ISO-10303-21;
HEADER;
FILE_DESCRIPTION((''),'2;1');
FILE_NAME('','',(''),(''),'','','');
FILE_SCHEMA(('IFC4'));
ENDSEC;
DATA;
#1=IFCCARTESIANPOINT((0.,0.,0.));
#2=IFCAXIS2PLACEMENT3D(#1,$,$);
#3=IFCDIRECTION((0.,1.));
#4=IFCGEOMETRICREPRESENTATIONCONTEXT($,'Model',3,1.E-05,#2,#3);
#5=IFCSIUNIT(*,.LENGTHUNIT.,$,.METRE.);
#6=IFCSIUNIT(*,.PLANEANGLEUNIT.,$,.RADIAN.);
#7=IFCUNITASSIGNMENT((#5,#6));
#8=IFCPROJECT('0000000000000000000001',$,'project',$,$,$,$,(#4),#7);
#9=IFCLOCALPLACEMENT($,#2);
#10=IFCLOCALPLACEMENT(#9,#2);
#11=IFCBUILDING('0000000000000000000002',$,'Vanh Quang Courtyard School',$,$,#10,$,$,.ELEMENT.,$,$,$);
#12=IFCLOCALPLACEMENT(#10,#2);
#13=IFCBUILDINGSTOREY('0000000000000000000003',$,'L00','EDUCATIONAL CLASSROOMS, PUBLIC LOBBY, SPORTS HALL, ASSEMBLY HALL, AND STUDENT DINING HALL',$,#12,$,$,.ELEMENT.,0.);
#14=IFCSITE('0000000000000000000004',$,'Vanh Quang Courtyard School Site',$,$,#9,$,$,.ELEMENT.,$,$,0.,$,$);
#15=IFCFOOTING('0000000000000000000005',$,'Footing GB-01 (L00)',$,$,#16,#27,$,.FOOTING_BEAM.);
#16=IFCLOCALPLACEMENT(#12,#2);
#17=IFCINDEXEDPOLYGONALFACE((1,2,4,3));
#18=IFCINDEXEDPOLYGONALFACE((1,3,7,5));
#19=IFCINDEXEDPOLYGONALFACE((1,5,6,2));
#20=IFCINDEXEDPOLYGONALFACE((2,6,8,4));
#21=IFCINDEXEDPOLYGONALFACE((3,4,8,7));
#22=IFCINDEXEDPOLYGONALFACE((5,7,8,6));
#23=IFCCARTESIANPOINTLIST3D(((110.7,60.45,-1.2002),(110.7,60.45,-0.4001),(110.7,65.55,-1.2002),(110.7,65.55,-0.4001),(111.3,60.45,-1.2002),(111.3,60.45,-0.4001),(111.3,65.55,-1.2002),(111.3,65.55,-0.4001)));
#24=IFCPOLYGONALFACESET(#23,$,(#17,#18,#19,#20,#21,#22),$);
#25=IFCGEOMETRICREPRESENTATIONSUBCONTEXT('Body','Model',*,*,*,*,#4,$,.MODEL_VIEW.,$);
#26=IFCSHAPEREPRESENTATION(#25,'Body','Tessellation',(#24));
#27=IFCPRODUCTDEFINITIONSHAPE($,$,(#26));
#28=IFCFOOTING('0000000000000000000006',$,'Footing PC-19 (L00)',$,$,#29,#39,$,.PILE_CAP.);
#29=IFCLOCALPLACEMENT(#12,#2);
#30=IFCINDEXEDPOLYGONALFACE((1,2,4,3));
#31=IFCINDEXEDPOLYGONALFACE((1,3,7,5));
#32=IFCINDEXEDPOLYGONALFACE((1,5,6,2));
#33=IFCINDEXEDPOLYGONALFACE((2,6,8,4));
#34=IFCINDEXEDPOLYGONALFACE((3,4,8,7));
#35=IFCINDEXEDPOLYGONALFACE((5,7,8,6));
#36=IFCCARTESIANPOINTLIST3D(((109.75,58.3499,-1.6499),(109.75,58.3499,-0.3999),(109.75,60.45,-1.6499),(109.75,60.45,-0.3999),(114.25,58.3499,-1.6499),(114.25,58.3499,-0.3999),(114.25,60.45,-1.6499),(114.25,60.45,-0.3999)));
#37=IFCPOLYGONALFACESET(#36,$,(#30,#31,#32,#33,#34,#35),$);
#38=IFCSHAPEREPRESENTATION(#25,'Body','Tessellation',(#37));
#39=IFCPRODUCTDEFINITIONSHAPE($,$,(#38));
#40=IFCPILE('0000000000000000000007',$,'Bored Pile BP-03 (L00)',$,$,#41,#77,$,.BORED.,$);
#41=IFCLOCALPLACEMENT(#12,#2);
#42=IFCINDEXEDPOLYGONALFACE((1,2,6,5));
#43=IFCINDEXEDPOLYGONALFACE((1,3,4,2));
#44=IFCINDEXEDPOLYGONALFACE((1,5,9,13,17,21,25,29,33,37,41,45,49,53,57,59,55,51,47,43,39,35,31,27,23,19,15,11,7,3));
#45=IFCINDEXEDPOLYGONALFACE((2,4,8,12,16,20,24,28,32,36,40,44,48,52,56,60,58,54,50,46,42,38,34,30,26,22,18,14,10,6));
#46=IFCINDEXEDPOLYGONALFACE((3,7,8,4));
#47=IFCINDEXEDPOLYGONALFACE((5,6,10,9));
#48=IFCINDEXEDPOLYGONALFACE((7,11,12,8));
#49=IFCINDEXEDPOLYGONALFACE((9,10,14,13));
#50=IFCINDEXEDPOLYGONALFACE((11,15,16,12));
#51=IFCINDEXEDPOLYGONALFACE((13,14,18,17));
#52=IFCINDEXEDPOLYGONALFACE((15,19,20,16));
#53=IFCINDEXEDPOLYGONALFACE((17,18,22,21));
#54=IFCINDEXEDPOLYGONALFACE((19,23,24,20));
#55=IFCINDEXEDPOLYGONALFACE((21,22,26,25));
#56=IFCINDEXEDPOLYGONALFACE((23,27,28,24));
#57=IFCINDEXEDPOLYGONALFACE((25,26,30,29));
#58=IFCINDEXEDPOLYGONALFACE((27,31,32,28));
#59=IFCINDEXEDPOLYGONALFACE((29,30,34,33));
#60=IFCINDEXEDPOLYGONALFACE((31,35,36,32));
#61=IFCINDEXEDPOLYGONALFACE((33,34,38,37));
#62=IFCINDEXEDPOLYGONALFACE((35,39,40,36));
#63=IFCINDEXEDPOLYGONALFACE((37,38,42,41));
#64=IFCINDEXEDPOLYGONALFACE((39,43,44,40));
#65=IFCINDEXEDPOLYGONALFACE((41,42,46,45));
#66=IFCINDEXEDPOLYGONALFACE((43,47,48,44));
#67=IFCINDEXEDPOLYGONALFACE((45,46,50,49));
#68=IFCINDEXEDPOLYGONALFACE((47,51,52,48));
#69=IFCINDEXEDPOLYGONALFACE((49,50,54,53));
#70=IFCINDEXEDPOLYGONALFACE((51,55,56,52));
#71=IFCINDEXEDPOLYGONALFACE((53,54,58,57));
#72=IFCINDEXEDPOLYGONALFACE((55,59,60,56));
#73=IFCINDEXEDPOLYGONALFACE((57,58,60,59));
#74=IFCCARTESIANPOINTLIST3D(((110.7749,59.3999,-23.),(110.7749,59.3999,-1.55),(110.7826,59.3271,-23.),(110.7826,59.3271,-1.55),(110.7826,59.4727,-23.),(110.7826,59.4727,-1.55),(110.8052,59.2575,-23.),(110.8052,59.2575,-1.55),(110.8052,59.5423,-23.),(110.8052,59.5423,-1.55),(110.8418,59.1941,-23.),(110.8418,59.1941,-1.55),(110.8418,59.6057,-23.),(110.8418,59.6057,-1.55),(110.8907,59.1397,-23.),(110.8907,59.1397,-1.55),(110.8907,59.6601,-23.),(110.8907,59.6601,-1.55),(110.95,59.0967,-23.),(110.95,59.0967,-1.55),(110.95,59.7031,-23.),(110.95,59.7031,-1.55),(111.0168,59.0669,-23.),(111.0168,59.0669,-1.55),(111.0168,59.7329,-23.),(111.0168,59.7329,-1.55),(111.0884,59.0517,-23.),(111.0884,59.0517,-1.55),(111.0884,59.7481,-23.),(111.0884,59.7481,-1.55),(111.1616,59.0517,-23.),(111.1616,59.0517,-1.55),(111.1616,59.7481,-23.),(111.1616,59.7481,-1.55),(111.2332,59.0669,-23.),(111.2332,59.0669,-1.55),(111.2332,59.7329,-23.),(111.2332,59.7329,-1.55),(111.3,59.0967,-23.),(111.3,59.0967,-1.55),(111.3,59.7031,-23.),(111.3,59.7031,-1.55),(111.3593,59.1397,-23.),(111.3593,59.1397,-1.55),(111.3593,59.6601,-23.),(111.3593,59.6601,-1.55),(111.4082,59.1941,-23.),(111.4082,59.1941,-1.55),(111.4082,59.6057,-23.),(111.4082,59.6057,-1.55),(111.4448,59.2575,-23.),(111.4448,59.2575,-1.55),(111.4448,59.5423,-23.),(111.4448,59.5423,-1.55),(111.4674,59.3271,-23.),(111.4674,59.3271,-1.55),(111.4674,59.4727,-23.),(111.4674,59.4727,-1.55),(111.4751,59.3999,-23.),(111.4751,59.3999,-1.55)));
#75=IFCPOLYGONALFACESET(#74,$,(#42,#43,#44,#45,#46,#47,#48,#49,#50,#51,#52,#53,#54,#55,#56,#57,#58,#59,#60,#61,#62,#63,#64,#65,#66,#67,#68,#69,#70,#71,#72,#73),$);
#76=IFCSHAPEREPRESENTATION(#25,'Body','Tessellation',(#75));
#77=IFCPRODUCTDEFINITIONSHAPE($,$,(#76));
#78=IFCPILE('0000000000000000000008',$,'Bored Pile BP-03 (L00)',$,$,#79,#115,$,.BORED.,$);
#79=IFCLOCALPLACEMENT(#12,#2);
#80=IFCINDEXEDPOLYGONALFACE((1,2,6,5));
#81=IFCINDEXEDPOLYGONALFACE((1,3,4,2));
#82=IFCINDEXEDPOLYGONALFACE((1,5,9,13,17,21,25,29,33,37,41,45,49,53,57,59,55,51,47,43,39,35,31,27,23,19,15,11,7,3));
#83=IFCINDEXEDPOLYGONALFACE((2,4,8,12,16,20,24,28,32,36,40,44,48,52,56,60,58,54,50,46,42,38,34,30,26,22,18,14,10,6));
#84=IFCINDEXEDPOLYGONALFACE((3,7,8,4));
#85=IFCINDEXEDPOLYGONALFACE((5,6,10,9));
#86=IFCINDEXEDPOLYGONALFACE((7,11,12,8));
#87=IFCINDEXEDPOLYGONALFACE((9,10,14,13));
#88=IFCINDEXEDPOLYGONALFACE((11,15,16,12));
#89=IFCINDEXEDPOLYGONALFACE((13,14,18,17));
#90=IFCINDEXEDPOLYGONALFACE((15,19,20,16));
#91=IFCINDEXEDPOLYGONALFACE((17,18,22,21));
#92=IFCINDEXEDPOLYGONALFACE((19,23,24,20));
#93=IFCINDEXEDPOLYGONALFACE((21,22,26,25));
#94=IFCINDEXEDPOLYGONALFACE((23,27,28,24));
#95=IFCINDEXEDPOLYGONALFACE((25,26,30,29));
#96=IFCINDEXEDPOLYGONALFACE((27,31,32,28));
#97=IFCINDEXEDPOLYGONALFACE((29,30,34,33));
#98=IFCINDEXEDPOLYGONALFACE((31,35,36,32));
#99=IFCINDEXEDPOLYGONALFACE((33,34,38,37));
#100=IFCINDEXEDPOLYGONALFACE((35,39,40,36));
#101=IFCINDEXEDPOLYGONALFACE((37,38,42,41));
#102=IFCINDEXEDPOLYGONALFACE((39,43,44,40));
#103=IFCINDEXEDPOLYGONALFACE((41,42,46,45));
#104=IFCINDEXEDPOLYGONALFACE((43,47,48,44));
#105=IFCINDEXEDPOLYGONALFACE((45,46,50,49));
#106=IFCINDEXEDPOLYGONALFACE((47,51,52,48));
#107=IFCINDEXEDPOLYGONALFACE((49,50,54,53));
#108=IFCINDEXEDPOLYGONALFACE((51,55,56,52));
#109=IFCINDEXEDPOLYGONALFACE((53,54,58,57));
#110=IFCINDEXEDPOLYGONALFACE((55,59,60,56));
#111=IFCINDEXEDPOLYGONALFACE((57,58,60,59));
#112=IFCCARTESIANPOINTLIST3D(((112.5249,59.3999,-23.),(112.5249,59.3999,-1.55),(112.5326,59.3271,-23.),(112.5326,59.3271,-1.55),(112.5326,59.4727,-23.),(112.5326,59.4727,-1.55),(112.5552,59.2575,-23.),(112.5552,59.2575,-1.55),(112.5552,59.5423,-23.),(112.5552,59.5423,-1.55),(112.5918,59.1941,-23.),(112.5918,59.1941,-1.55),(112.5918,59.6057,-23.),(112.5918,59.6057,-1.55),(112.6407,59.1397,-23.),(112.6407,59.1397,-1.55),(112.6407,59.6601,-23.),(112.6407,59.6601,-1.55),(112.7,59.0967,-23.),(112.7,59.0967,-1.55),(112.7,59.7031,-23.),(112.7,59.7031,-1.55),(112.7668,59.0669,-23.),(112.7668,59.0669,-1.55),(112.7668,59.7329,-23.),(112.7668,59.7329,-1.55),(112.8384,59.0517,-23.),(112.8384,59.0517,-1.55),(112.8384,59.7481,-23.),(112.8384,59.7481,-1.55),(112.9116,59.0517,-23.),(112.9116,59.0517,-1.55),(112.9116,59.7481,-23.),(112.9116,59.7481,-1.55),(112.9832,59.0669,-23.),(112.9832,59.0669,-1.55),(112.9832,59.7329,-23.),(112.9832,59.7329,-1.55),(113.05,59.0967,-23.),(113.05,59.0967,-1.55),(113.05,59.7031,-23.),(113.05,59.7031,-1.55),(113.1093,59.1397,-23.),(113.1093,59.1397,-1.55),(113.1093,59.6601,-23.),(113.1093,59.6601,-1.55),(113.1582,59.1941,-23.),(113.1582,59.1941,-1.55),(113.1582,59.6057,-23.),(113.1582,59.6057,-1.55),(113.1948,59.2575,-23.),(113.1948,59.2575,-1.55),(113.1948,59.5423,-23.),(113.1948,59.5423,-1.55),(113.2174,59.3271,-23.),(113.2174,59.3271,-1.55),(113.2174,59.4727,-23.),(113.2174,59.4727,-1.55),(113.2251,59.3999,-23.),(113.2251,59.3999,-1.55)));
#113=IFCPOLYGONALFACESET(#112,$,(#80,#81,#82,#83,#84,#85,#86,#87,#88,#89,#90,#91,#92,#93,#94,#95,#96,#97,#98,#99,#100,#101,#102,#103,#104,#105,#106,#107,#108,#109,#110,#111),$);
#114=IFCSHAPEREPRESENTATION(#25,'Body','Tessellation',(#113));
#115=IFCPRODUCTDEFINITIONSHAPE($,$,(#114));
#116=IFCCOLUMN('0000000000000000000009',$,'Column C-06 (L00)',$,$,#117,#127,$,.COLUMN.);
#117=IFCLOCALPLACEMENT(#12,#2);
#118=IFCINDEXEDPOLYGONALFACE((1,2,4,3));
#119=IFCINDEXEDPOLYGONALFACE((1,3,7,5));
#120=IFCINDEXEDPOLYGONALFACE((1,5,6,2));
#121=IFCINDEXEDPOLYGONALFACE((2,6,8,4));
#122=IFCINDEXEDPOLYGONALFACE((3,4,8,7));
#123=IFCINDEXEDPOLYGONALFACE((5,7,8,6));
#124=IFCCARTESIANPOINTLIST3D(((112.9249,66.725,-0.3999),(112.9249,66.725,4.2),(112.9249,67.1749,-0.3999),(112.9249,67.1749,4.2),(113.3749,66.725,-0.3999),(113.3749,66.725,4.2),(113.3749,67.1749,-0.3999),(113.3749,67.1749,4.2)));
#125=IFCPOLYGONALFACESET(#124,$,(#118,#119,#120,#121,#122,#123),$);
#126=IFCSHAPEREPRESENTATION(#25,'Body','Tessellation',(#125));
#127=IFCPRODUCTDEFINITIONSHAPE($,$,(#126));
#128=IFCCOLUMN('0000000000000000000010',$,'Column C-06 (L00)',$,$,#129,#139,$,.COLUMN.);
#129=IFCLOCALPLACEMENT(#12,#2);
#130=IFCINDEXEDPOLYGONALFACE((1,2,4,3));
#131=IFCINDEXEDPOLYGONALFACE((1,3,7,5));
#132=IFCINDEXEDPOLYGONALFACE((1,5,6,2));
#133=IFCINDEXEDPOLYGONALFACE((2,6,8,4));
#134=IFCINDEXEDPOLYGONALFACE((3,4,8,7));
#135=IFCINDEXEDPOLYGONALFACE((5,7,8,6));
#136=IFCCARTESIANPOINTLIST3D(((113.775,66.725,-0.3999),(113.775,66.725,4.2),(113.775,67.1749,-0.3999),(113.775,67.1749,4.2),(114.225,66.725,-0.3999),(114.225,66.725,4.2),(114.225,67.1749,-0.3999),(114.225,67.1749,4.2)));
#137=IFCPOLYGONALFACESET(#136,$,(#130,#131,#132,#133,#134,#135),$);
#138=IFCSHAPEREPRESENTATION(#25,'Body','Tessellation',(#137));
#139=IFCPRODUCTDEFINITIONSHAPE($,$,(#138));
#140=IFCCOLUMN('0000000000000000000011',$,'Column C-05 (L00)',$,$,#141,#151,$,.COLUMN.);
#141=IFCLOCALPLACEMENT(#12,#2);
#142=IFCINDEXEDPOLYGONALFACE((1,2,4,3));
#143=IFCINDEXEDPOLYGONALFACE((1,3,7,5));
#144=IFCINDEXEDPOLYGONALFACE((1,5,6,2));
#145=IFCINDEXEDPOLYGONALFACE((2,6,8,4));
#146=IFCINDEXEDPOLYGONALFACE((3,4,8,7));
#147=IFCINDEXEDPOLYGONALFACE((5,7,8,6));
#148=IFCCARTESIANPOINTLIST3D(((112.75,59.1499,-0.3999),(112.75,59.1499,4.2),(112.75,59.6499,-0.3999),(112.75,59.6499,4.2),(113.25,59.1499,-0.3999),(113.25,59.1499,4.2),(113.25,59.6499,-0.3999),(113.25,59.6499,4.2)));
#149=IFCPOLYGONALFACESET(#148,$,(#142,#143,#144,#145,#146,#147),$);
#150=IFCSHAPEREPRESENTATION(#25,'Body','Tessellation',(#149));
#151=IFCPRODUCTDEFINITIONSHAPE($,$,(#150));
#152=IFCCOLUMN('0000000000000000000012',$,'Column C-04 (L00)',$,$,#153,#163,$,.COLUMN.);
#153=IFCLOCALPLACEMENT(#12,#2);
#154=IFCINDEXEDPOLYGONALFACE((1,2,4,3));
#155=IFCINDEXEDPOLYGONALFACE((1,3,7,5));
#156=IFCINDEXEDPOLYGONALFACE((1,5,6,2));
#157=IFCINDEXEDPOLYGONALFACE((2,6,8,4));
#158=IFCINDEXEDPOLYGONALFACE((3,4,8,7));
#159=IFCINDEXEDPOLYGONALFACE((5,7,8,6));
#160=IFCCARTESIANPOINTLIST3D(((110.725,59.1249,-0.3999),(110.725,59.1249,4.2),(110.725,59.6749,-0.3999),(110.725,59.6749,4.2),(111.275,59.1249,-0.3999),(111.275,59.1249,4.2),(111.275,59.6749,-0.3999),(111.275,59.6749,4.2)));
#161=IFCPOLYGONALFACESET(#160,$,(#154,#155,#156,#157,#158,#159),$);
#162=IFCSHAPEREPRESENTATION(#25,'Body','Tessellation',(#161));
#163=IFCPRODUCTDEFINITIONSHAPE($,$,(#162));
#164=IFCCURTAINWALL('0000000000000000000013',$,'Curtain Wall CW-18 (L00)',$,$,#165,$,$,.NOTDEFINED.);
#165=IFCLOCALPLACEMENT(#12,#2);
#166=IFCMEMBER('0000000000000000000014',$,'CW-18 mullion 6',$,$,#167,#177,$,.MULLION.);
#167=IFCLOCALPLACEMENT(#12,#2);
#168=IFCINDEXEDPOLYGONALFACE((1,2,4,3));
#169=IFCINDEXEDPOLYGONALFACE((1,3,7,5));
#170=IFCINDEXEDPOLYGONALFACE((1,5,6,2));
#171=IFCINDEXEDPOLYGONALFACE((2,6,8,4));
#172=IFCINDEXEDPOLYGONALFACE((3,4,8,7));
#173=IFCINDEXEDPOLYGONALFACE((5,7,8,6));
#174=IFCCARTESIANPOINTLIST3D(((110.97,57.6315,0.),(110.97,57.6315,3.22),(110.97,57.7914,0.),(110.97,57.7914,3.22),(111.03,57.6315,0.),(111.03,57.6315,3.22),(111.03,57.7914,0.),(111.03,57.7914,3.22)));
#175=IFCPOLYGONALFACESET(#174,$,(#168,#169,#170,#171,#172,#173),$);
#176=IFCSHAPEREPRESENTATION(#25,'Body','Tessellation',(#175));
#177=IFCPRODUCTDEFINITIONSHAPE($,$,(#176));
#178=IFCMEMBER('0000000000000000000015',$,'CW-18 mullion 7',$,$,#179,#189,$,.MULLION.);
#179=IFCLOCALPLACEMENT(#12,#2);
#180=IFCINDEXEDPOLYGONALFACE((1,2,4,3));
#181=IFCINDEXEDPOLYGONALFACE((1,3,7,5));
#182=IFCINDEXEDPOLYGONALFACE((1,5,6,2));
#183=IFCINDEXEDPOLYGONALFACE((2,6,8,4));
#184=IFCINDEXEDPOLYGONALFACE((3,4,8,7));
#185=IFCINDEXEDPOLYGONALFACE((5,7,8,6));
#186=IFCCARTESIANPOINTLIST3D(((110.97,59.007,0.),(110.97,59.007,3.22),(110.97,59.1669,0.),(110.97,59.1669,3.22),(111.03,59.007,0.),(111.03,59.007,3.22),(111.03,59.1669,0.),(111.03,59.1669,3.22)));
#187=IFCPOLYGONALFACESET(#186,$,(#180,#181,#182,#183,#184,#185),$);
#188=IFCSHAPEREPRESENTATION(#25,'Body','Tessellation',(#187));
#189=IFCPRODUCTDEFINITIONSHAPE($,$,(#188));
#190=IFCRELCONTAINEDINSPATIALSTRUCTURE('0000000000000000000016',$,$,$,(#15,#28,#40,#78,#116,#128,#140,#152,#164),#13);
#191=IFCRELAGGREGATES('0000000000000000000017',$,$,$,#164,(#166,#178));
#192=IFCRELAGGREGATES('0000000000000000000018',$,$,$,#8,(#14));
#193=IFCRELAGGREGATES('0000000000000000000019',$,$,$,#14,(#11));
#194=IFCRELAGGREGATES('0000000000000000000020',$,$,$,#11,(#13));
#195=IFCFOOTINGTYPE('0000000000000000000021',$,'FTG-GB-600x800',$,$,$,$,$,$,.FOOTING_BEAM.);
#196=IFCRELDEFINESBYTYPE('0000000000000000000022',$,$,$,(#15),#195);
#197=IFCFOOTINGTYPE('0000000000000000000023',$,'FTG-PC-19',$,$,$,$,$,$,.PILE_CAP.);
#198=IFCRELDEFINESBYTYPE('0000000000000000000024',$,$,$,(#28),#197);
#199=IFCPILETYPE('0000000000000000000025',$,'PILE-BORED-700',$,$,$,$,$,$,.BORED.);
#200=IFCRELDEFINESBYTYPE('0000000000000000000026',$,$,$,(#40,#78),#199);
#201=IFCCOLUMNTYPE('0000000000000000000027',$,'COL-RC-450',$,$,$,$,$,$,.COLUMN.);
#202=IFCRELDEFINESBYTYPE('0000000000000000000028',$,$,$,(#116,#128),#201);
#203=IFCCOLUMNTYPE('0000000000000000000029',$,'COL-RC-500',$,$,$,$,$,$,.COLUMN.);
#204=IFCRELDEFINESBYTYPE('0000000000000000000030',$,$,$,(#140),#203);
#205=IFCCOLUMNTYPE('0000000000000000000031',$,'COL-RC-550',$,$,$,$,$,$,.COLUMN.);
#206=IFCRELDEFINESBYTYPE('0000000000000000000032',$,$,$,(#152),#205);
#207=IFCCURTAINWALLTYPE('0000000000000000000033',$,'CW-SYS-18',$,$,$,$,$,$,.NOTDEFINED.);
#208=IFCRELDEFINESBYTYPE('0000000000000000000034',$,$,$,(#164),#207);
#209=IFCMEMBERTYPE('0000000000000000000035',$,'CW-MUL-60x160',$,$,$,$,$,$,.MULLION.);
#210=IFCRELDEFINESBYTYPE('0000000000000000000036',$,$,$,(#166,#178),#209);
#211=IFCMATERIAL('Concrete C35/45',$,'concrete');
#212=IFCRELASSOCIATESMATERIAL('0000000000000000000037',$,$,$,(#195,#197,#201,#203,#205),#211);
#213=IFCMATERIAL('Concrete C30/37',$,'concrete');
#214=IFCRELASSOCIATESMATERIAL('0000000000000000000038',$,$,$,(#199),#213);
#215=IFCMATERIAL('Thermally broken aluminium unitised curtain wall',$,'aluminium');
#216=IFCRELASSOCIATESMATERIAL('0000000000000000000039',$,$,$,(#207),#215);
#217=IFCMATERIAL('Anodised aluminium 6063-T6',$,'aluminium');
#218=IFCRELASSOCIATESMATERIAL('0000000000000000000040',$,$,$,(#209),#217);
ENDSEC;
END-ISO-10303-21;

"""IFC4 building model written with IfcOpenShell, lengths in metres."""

from ifc_helpers import new_model, si_unit, direction, frame, origin, origin_2d, place, context, subcontext, project, spatial, rectangle, circle, extrude, material, material_profile, profile_set, type_object, element, aggregate, save


model = new_model("IFC4")

# Units and contexts
model_context = context("Model", 3, precision=1e-05, world=origin(), true_north=direction((0.0, 1.0)))
body_context = subcontext(model_context, "Body", "Model", "MODEL_VIEW")
ifc_project = project(units=[si_unit("LENGTHUNIT", "METRE"), si_unit("PLANEANGLEUNIT", "RADIAN")], contexts=[model_context])

# Site, building, storey
site_placement = place(None, origin())
site = spatial("IfcSite", under=ifc_project, at=site_placement, Name="Vanh Quang Courtyard School Site", CompositionType="ELEMENT", RefElevation=0.0)
building_placement = place(site_placement, origin())
building = spatial("IfcBuilding", under=site, at=building_placement, Name="Vanh Quang Courtyard School", CompositionType="ELEMENT")
storey_placement = place(building_placement, origin())
storey = spatial("IfcBuildingStorey", under=building, at=storey_placement, Name="L00", Description="EDUCATIONAL CLASSROOMS, PUBLIC LOBBY, SPORTS HALL, ASSEMBLY HALL, AND STUDENT DINING HALL", CompositionType="ELEMENT", Elevation=0.0)

# Footings
ifc_material_1 = material(Name="Concrete C35/45", Category="concrete")
footing_type_1 = type_object("IfcFootingType", Name="FTG-GB-600x800", PredefinedType="FOOTING_BEAM", material=ifc_material_1)
footing_1_placement = place(storey_placement, frame((111.0, 63.0, -1.2002), z_axis=(0.0, 0.0, 1.0), x_axis=(0.0, 1.0, 0.0)))
element("IfcFooting", 1, at=footing_1_placement, inside=storey, type_object=footing_type_1, Name="Footing GB-01 (L00)", PredefinedType="FOOTING_BEAM", context=body_context, shape_type="SweptSolid", body=[
    extrude(rectangle(XDim=5.1001, YDim=0.6001, at=origin_2d()), origin(), (0.0, 0.0, 1.0), 0.8),
])
footing_type_2 = type_object("IfcFootingType", Name="FTG-PC-19", PredefinedType="PILE_CAP", material=ifc_material_1)
footing_2_placement = place(storey_placement, frame((112.0, 59.3999, -1.6499), z_axis=(0.0, 0.0, 1.0), x_axis=(1.0, 0.0, 0.0)))
element("IfcFooting", 2, at=footing_2_placement, inside=storey, type_object=footing_type_2, Name="Footing PC-19 (L00)", PredefinedType="PILE_CAP", context=body_context, shape_type="SweptSolid", body=[
    extrude(rectangle(XDim=4.5, YDim=2.1001, at=origin_2d()), origin(), (0.0, 0.0, 1.0), 1.25),
])

# Piles
ifc_material_2 = material(Name="Concrete C30/37", Category="concrete")
ifc_material_profile_1 = material_profile(ifc_material_2, circle(Radius=0.3501, at=origin_2d()), Name="PILE D700")
ifc_profile_set_1 = profile_set([ifc_material_profile_1], Name="Concrete C30/37")
pile_type = type_object("IfcPileType", Name="PILE-BORED-700", PredefinedType="BORED", material=ifc_profile_set_1)
for number, where, z_axis, x_axis, name in (
    (3, (111.125, 59.3999, -1.55), (0.0, 0.0, -1.0), (1.0, 0.0, 0.0), "Bored Pile BP-03 (L00)"),
    (4, (112.875, 59.3999, -1.55), (0.0, 0.0, -1.0), (1.0, 0.0, 0.0), "Bored Pile BP-03 (L00)"),
):
    element("IfcPile", number, at=place(storey_placement, frame(where, z_axis=z_axis, x_axis=x_axis)), inside=storey, type_object=pile_type, Name=name, PredefinedType="BORED", context=body_context, shape_type="SweptSolid", body=[
        extrude(circle(Radius=0.3501, at=origin_2d()), origin(), (0.0, 0.0, 1.0), 21.45),
    ])

# Columns
ifc_material_profile_2 = material_profile(ifc_material_1, rectangle(XDim=0.45, YDim=0.45, at=origin_2d()), Name="RC-COL 450x450")
ifc_profile_set_2 = profile_set([ifc_material_profile_2], Name="Concrete C35/45")
column_type_1 = type_object("IfcColumnType", Name="COL-RC-450", PredefinedType="COLUMN", material=ifc_profile_set_2)
for number, where, z_axis, x_axis, name in (
    (5, (113.1499, 66.95, -0.3999), (0.0, 0.0, 1.0), (1.0, 0.0, 0.0), "Column C-06 (L00)"),
    (6, (114.0, 66.95, -0.3999), (0.0, 0.0, 1.0), (1.0, 0.0, 0.0), "Column C-06 (L00)"),
):
    element("IfcColumn", number, at=place(storey_placement, frame(where, z_axis=z_axis, x_axis=x_axis)), inside=storey, type_object=column_type_1, Name=name, PredefinedType="COLUMN", context=body_context, shape_type="SweptSolid", body=[
        extrude(rectangle(XDim=0.45, YDim=0.45, at=origin_2d()), origin(), (0.0, 0.0, 1.0), 4.5999),
    ])
ifc_material_profile_3 = material_profile(ifc_material_1, rectangle(XDim=0.5, YDim=0.5, at=origin_2d()), Name="RC-COL 500x500")
ifc_profile_set_3 = profile_set([ifc_material_profile_3], Name="Concrete C35/45")
column_type_2 = type_object("IfcColumnType", Name="COL-RC-500", PredefinedType="COLUMN", material=ifc_profile_set_3)
column_1_placement = place(storey_placement, frame((113.0, 59.3999, -0.3999), z_axis=(0.0, 0.0, 1.0), x_axis=(1.0, 0.0, 0.0)))
element("IfcColumn", 7, at=column_1_placement, inside=storey, type_object=column_type_2, Name="Column C-05 (L00)", PredefinedType="COLUMN", context=body_context, shape_type="SweptSolid", body=[
    extrude(rectangle(XDim=0.5, YDim=0.5, at=origin_2d()), origin(), (0.0, 0.0, 1.0), 4.5999),
])
ifc_material_profile_4 = material_profile(ifc_material_1, rectangle(XDim=0.55, YDim=0.55, at=origin_2d()), Name="RC-COL 550x550")
ifc_profile_set_4 = profile_set([ifc_material_profile_4], Name="Concrete C35/45")
column_type_3 = type_object("IfcColumnType", Name="COL-RC-550", PredefinedType="COLUMN", material=ifc_profile_set_4)
column_2_placement = place(storey_placement, frame((111.0, 59.3999, -0.3999), z_axis=(0.0, 0.0, 1.0), x_axis=(1.0, 0.0, 0.0)))
element("IfcColumn", 8, at=column_2_placement, inside=storey, type_object=column_type_3, Name="Column C-04 (L00)", PredefinedType="COLUMN", context=body_context, shape_type="SweptSolid", body=[
    extrude(rectangle(XDim=0.55, YDim=0.55, at=origin_2d()), origin(), (0.0, 0.0, 1.0), 4.5999),
])

# Curtain wall, members
ifc_material_3 = material(Name="Thermally broken aluminium unitised curtain wall", Category="aluminium")
curtain_wall_type_1 = type_object("IfcCurtainWallType", Name="CW-SYS-18", PredefinedType="NOTDEFINED", material=ifc_material_3)
curtain_wall_1_placement = place(storey_placement, origin())
curtain_wall_1 = element("IfcCurtainWall", 9, at=curtain_wall_1_placement, inside=storey, type_object=curtain_wall_type_1, Name="Curtain Wall CW-18 (L00)", PredefinedType="NOTDEFINED")
ifc_material_4 = material(Name="Anodised aluminium 6063-T6", Category="aluminium")
ifc_material_profile_5 = material_profile(ifc_material_4, rectangle(XDim=0.0601, YDim=0.1599, at=origin_2d()), Name="ALU-MUL 60x160")
ifc_profile_set_5 = profile_set([ifc_material_profile_5], Name="Anodised aluminium 6063-T6")
member_type_1 = type_object("IfcMemberType", Name="CW-MUL-60x160", PredefinedType="MULLION", material=ifc_profile_set_5)
member_1_placement = place(storey_placement, frame((111.0, 57.7114, 0.0), z_axis=(0.0, 0.0, 1.0), x_axis=(-1.0, 0.0, 0.0)))
member_1 = element("IfcMember", 10, at=member_1_placement, type_object=member_type_1, Name="CW-18 mullion 6", PredefinedType="MULLION", context=body_context, shape_type="SweptSolid", body=[
    extrude(rectangle(XDim=0.0601, YDim=0.1599, at=origin_2d()), origin(), (0.0, 0.0, 1.0), 3.22),
])
member_2_placement = place(storey_placement, frame((111.0, 59.0869, 0.0), z_axis=(0.0, 0.0, 1.0), x_axis=(-1.0, 0.0, 0.0)))
member_2 = element("IfcMember", 11, at=member_2_placement, type_object=member_type_1, Name="CW-18 mullion 7", PredefinedType="MULLION", context=body_context, shape_type="SweptSolid", body=[
    extrude(rectangle(XDim=0.0601, YDim=0.1599, at=origin_2d()), origin(), (0.0, 0.0, 1.0), 3.22),
])

aggregate(curtain_wall_1, [member_1, member_2])

save(model, "model.ifc")
